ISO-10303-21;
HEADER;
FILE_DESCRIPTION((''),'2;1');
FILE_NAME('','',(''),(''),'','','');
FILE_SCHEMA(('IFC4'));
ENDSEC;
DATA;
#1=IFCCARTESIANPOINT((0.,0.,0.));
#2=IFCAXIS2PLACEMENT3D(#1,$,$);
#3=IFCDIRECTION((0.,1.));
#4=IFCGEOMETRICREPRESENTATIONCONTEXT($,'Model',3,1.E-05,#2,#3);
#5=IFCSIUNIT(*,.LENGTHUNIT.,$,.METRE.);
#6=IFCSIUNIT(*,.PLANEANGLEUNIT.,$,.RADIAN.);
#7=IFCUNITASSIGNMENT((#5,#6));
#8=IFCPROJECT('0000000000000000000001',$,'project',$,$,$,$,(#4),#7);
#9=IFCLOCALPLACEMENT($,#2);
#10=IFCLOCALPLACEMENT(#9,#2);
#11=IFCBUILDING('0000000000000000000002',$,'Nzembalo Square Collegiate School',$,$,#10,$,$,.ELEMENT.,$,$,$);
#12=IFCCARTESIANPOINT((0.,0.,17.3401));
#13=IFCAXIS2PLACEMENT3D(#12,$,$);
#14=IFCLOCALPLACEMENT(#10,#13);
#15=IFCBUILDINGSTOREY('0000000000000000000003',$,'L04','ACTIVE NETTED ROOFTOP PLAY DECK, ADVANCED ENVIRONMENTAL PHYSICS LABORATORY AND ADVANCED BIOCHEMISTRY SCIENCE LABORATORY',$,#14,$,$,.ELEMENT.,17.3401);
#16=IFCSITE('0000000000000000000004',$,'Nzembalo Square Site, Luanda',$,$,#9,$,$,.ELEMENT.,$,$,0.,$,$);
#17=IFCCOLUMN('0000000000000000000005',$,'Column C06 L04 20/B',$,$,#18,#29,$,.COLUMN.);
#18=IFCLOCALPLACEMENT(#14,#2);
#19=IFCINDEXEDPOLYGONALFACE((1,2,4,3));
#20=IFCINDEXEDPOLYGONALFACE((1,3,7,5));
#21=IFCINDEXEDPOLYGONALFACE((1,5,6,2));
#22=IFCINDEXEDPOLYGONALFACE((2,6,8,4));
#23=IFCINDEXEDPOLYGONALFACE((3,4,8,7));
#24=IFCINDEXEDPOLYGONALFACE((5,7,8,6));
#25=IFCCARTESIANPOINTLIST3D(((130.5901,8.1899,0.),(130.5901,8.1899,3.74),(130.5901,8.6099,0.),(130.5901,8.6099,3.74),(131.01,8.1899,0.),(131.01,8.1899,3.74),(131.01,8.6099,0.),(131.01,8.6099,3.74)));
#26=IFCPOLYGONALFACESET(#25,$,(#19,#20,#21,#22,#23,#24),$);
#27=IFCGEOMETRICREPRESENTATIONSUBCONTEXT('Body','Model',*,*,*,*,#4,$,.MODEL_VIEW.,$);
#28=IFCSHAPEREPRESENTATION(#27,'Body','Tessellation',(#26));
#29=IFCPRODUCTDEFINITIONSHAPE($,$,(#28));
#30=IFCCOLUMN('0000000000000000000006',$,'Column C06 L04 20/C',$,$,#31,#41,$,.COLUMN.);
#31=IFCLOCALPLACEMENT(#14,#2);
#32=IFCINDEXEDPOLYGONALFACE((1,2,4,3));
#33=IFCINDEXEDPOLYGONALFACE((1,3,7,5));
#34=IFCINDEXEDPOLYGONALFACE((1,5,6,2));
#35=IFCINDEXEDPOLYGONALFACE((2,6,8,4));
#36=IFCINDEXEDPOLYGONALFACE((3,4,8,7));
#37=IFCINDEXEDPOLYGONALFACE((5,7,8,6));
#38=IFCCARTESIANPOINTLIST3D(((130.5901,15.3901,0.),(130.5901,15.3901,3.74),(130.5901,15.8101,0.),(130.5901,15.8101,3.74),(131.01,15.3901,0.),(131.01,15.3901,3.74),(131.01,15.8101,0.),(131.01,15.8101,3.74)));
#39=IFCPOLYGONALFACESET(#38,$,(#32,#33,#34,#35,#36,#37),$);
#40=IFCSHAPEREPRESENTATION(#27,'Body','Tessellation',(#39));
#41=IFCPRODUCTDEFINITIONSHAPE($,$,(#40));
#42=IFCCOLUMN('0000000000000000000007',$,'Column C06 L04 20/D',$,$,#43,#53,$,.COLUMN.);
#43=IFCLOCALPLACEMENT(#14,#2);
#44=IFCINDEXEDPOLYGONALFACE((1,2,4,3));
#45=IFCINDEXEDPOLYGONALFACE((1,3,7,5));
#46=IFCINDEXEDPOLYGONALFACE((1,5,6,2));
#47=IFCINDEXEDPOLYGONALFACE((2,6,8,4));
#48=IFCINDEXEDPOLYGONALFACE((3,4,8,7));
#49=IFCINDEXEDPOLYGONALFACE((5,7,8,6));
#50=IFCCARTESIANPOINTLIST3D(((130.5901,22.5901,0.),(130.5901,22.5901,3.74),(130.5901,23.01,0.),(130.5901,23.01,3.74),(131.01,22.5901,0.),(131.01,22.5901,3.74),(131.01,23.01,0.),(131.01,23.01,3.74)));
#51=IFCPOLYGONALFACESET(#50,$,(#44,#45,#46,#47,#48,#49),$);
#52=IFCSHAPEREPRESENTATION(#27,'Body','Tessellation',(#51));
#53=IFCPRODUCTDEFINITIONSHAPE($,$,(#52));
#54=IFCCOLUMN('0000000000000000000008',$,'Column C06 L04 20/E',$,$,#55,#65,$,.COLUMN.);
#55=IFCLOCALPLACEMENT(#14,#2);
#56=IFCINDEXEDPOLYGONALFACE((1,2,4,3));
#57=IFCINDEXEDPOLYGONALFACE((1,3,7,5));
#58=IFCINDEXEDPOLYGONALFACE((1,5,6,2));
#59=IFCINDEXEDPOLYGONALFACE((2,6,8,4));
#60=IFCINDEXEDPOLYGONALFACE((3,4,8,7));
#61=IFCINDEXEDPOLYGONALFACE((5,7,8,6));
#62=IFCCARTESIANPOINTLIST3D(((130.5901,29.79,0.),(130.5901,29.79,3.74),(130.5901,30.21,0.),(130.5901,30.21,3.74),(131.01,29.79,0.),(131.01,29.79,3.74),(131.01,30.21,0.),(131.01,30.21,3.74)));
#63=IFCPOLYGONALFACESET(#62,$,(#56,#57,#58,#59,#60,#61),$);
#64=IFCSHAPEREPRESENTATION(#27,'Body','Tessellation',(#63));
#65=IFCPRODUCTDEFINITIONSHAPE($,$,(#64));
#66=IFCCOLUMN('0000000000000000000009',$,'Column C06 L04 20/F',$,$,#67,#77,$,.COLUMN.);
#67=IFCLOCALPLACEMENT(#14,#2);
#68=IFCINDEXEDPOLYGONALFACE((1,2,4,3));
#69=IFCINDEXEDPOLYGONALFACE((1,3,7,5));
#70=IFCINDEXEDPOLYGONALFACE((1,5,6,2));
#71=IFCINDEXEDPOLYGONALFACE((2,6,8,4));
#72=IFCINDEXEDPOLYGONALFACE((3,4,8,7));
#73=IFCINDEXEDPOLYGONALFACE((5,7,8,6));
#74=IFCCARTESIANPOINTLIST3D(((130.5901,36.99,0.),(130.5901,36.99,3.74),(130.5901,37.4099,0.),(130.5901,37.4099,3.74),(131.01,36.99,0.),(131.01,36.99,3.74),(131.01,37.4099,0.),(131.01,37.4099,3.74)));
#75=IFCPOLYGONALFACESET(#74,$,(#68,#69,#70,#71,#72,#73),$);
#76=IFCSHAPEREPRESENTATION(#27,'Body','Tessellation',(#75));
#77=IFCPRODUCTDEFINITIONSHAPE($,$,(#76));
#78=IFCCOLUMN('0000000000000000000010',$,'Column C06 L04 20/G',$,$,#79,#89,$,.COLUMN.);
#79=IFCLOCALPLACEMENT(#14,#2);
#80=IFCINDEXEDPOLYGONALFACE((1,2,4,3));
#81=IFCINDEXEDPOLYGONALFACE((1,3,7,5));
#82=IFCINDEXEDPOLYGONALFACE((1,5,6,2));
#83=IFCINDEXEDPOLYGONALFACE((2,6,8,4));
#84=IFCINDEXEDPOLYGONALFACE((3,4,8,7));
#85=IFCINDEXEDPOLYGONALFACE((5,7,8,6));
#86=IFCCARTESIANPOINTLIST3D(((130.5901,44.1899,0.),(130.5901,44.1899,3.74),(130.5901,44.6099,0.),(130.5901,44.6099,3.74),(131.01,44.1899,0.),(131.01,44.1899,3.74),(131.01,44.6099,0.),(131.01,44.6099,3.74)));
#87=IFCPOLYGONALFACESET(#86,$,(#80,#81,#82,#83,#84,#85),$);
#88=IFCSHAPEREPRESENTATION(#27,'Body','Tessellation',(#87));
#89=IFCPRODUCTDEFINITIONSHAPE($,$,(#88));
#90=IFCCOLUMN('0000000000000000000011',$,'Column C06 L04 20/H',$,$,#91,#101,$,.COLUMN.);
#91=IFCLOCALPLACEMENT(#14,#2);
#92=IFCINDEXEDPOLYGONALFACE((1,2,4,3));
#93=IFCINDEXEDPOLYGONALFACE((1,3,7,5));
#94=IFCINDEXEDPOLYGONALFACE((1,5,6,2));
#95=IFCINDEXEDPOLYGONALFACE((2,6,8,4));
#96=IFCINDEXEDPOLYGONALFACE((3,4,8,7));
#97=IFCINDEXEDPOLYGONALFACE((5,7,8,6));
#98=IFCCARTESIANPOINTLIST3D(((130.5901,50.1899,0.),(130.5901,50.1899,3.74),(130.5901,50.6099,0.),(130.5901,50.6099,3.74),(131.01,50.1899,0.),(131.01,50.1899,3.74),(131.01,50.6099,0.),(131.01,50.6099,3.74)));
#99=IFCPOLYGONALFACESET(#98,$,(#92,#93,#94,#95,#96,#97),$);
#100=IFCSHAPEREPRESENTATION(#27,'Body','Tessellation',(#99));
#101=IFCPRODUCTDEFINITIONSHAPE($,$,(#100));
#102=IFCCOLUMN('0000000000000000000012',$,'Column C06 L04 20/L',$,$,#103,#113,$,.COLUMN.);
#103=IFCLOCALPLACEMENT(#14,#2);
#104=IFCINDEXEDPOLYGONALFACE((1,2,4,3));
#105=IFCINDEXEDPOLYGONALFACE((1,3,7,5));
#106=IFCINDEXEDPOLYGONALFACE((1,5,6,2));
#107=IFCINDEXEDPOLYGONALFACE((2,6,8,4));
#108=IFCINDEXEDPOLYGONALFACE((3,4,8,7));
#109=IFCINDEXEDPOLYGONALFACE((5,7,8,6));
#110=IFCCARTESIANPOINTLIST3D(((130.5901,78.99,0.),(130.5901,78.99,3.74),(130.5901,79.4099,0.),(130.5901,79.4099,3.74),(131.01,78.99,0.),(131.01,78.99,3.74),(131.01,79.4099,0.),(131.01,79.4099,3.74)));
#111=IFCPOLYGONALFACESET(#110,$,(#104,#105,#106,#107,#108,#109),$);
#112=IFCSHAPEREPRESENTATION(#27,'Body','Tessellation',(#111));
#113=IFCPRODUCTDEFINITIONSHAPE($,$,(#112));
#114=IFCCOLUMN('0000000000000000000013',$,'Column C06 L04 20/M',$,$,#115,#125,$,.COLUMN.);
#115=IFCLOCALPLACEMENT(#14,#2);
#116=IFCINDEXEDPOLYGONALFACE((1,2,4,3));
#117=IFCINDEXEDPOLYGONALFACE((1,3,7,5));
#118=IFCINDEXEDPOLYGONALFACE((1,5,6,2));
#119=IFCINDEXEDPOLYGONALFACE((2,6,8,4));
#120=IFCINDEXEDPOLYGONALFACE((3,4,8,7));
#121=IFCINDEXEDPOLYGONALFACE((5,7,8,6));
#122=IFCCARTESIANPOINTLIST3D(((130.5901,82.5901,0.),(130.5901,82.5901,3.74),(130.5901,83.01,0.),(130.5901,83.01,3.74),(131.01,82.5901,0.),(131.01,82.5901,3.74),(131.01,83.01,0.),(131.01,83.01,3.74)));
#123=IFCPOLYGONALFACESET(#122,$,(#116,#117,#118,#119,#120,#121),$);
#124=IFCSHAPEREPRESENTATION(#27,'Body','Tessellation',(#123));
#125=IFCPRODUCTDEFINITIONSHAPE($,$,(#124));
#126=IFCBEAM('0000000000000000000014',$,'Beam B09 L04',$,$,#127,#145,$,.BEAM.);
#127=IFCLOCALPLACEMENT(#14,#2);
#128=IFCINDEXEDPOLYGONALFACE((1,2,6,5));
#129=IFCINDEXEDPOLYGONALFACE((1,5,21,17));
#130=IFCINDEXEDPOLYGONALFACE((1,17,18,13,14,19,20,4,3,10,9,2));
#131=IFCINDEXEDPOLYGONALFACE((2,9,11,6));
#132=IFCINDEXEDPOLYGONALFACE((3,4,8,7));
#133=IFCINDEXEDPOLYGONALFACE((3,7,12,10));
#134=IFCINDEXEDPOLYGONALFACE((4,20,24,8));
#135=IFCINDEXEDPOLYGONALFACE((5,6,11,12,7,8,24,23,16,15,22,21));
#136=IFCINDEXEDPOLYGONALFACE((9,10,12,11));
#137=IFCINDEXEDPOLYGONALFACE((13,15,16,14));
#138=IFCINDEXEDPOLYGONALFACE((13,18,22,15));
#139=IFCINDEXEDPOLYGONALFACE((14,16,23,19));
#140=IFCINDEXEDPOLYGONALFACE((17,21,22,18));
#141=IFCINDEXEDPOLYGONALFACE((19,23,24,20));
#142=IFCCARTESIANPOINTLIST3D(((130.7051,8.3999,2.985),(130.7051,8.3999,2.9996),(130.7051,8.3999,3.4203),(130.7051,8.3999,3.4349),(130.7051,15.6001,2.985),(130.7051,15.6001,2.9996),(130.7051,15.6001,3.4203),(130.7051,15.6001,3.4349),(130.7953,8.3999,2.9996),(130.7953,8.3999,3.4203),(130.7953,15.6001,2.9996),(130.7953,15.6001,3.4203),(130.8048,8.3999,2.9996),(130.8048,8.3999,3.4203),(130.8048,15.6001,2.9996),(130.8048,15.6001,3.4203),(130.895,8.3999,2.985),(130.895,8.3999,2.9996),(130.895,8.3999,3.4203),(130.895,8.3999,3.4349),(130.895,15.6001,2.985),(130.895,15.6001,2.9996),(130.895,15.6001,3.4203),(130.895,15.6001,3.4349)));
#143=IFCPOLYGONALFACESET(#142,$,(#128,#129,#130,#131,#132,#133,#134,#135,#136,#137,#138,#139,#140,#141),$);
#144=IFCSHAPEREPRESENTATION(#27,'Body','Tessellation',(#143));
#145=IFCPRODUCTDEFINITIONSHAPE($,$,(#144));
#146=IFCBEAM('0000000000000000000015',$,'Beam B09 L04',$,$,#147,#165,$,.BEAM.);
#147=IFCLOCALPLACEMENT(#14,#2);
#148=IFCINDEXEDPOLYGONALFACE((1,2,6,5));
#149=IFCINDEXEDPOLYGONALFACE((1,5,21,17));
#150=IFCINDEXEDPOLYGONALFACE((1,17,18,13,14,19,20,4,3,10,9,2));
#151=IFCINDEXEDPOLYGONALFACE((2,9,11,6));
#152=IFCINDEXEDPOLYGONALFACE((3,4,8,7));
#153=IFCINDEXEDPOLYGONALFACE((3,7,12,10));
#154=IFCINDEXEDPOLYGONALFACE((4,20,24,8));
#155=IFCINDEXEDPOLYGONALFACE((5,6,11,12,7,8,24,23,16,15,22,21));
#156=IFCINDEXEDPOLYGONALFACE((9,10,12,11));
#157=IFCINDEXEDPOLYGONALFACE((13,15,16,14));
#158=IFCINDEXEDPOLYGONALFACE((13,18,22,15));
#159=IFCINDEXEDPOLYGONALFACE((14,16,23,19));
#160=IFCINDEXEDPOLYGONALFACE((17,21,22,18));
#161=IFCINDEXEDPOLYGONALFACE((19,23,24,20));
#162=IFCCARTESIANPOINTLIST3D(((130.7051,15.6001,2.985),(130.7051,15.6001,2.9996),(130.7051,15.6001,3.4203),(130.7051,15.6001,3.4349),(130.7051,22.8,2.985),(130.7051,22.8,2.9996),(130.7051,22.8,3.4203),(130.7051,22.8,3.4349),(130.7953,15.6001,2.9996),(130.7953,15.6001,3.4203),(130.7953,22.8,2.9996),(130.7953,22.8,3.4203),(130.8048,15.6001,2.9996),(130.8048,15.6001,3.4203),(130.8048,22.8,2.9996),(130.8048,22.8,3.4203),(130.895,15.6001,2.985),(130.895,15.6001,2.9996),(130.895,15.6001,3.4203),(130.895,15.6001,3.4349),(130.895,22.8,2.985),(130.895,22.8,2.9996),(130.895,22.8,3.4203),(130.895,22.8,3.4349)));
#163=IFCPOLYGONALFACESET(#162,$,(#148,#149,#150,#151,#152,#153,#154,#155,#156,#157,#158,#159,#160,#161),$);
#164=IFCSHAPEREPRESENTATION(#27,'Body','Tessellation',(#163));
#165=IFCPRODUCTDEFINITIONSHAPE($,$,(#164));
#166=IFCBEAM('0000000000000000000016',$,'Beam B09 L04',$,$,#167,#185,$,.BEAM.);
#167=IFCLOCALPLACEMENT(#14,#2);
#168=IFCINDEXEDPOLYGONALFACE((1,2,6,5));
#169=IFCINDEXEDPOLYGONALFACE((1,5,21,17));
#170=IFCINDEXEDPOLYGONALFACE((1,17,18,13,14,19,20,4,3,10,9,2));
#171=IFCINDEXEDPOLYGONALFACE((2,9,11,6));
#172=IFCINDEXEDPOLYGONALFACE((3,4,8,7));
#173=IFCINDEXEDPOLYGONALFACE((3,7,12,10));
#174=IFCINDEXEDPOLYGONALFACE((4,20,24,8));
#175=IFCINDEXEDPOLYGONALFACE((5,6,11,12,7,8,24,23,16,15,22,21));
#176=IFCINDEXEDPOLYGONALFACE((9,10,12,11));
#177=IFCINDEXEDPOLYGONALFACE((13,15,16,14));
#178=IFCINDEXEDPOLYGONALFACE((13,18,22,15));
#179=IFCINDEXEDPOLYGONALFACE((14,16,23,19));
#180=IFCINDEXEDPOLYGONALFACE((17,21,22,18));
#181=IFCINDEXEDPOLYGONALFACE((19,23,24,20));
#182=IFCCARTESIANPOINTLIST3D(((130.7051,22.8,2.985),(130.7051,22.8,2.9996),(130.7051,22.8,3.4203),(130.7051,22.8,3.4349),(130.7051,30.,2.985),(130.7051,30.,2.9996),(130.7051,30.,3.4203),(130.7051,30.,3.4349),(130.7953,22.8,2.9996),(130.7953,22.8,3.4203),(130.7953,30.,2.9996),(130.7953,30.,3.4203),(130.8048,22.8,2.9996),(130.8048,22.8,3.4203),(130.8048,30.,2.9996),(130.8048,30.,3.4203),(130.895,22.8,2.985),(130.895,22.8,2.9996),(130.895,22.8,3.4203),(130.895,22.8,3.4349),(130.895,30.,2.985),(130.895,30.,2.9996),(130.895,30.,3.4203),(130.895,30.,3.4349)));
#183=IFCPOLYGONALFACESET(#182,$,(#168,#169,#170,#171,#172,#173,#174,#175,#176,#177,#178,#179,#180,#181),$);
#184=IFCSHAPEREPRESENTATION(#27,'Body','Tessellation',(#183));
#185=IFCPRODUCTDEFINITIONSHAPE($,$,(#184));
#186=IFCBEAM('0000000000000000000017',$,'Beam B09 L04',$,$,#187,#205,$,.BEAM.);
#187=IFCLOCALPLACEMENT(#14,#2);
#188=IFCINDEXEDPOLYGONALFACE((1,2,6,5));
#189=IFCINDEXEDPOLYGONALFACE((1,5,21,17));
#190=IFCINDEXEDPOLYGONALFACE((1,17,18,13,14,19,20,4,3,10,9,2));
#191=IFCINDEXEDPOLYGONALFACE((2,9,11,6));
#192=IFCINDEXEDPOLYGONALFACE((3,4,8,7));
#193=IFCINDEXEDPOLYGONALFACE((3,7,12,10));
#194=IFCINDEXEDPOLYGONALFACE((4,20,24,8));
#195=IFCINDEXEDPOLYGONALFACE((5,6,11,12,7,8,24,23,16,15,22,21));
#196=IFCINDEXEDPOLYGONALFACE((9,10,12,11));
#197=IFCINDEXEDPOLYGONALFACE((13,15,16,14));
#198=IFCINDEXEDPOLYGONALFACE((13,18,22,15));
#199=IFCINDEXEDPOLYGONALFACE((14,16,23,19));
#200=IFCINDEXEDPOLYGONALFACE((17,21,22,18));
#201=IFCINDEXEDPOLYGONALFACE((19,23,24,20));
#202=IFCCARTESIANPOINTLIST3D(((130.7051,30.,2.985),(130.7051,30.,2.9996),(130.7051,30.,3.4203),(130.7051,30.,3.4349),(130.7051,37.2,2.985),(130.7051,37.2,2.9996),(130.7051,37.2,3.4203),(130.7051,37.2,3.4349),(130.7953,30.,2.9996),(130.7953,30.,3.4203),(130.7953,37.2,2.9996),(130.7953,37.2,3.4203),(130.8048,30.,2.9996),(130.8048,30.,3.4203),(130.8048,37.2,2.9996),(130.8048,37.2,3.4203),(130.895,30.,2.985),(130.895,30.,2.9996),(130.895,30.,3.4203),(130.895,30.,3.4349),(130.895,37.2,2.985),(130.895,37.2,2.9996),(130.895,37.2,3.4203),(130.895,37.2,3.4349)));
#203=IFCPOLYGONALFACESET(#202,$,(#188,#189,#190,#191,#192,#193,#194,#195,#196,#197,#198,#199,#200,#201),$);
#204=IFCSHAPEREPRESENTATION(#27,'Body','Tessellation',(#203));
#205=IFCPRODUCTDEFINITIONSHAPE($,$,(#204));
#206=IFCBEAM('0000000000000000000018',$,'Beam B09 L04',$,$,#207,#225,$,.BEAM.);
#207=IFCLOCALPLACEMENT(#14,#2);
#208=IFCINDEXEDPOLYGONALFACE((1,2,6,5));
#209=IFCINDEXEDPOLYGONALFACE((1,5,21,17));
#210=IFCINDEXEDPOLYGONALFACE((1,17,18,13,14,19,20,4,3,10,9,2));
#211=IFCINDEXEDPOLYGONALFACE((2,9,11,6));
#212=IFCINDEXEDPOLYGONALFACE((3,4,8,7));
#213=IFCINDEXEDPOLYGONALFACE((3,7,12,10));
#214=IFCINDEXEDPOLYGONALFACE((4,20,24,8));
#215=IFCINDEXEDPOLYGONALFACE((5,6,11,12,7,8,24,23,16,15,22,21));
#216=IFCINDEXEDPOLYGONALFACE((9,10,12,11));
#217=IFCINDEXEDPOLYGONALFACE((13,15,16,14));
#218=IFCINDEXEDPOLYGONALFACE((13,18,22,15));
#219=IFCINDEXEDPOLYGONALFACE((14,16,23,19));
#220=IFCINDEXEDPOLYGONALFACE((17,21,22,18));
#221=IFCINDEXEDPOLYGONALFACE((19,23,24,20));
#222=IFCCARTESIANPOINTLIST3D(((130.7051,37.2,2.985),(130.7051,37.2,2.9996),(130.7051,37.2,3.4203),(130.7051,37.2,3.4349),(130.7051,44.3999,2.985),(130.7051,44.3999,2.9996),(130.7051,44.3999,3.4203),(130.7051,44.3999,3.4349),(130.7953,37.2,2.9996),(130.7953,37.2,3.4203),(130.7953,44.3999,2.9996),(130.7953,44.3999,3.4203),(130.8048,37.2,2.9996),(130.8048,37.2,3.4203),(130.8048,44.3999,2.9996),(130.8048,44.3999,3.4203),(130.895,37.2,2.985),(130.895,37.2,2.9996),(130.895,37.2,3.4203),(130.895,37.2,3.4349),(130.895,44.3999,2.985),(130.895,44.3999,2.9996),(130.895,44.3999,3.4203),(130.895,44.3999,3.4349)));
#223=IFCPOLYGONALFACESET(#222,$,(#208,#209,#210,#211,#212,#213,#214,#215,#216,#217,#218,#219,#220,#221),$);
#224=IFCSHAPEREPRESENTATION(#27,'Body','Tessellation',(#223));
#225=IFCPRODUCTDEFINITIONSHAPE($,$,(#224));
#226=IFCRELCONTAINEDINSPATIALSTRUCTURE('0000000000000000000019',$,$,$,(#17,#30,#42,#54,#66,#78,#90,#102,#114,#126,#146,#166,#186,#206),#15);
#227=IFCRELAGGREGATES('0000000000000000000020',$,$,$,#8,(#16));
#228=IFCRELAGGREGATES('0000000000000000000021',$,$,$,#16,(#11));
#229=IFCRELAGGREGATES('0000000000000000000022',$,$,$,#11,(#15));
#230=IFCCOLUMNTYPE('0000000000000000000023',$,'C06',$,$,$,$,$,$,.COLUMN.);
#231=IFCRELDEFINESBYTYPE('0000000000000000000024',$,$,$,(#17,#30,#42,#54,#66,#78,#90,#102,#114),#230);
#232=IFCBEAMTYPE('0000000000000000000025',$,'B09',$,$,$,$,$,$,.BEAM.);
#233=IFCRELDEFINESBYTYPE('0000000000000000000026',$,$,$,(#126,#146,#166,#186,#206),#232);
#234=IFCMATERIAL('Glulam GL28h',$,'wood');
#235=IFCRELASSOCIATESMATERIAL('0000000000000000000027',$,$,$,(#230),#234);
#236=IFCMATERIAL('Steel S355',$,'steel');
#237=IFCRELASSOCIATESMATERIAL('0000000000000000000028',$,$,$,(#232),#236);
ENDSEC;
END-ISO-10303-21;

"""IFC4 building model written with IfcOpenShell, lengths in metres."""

from ifc_helpers import new_model, si_unit, direction, frame, origin, origin_2d, place, context, subcontext, project, spatial, rectangle, i_section, extrude, material, material_profile, profile_set, type_object, element, save


model = new_model("IFC4")

# Units and contexts
model_context = context("Model", 3, precision=1e-05, world=origin(), true_north=direction((0.0, 1.0)))
body_context = subcontext(model_context, "Body", "Model", "MODEL_VIEW")
ifc_project = project(units=[si_unit("LENGTHUNIT", "METRE"), si_unit("PLANEANGLEUNIT", "RADIAN")], contexts=[model_context])

# Site, building, storey
site_placement = place(None, origin())
site = spatial("IfcSite", under=ifc_project, at=site_placement, Name="Nzembalo Square Site, Luanda", CompositionType="ELEMENT", RefElevation=0.0)
building_placement = place(site_placement, origin())
building = spatial("IfcBuilding", under=site, at=building_placement, Name="Nzembalo Square Collegiate School", CompositionType="ELEMENT")
storey_placement = place(building_placement, frame((0.0, 0.0, 17.3401)))
storey = spatial("IfcBuildingStorey", under=building, at=storey_placement, Name="L04", Description="ACTIVE NETTED ROOFTOP PLAY DECK, ADVANCED ENVIRONMENTAL PHYSICS LABORATORY AND ADVANCED BIOCHEMISTRY SCIENCE LABORATORY", CompositionType="ELEMENT", Elevation=17.3401)

# Columns
ifc_material_1 = material(Name="Glulam GL28h", Category="wood")
ifc_material_profile_1 = material_profile(ifc_material_1, rectangle(XDim=0.4199, YDim=0.4199, at=origin_2d()), Name="GL28h 420x420")
ifc_profile_set_1 = profile_set([ifc_material_profile_1], Name="Glulam GL28h")
column_type = type_object("IfcColumnType", Name="C06", PredefinedType="COLUMN", material=ifc_profile_set_1)
for number, where, z_axis, x_axis, name in (
    (1, (130.8, 8.3999, 0.0), (0.0, 0.0, 1.0), (1.0, 0.0, 0.0), "Column C06 L04 20/B"),
    (2, (130.8, 15.6001, 0.0), (0.0, 0.0, 1.0), (1.0, 0.0, 0.0), "Column C06 L04 20/C"),
    (3, (130.8, 22.8, 0.0), (0.0, 0.0, 1.0), (1.0, 0.0, 0.0), "Column C06 L04 20/D"),
    (4, (130.8, 30.0, 0.0), (0.0, 0.0, 1.0), (1.0, 0.0, 0.0), "Column C06 L04 20/E"),
    (5, (130.8, 37.2, 0.0), (0.0, 0.0, 1.0), (1.0, 0.0, 0.0), "Column C06 L04 20/F"),
    (6, (130.8, 44.3999, 0.0), (0.0, 0.0, 1.0), (1.0, 0.0, 0.0), "Column C06 L04 20/G"),
    (7, (130.8, 50.3999, 0.0), (0.0, 0.0, 1.0), (1.0, 0.0, 0.0), "Column C06 L04 20/H"),
    (8, (130.8, 79.2, 0.0), (0.0, 0.0, 1.0), (1.0, 0.0, 0.0), "Column C06 L04 20/L"),
    (9, (130.8, 82.8, 0.0), (0.0, 0.0, 1.0), (1.0, 0.0, 0.0), "Column C06 L04 20/M"),
):
    element("IfcColumn", number, at=place(storey_placement, frame(where, z_axis=z_axis, x_axis=x_axis)), inside=storey, type_object=column_type, Name=name, PredefinedType="COLUMN", context=body_context, shape_type="SweptSolid", body=[
        extrude(rectangle(XDim=0.4199, YDim=0.4199, at=origin_2d()), origin(), (0.0, 0.0, 1.0), 3.74),
    ])

# Beams
ifc_material_2 = material(Name="Steel S355", Category="steel")
ifc_material_profile_2 = material_profile(ifc_material_2, i_section(OverallWidth=0.1899, OverallDepth=0.45, WebThickness=0.0095, FlangeThickness=0.0146, at=origin_2d()), Name="IPE 450")
ifc_profile_set_2 = profile_set([ifc_material_profile_2], Name="Steel S355")
beam_type_1 = type_object("IfcBeamType", Name="B09", PredefinedType="BEAM", material=ifc_profile_set_2)
beam_1_placement = place(storey_placement, frame((130.8, 8.3999, 3.21), z_axis=(0.0, 1.0, 0.0), x_axis=(-1.0, 0.0, 0.0)))
element("IfcBeam", 10, at=beam_1_placement, inside=storey, type_object=beam_type_1, Name="Beam B09 L04", PredefinedType="BEAM", context=body_context, shape_type="SweptSolid", body=[
    extrude(i_section(OverallWidth=0.1899, OverallDepth=0.45, WebThickness=0.0095, FlangeThickness=0.0146, at=origin_2d()), origin(), (0.0, 0.0, 1.0), 7.2002),
])
for number, where, z_axis, x_axis, name in (
    (11, (130.8, 15.6001, 3.21), (0.0, 1.0, 0.0), (-1.0, 0.0, 0.0), "Beam B09 L04"),
    (12, (130.8, 22.8, 3.21), (0.0, 1.0, 0.0), (-1.0, 0.0, 0.0), "Beam B09 L04"),
    (13, (130.8, 30.0, 3.21), (0.0, 1.0, 0.0), (-1.0, 0.0, 0.0), "Beam B09 L04"),
    (14, (130.8, 37.2, 3.21), (0.0, 1.0, 0.0), (-1.0, 0.0, 0.0), "Beam B09 L04"),
):
    element("IfcBeam", number, at=place(storey_placement, frame(where, z_axis=z_axis, x_axis=x_axis)), inside=storey, type_object=beam_type_1, Name=name, PredefinedType="BEAM", context=body_context, shape_type="SweptSolid", body=[
        extrude(i_section(OverallWidth=0.1899, OverallDepth=0.45, WebThickness=0.0095, FlangeThickness=0.0146, at=origin_2d()), origin(), (0.0, 0.0, 1.0), 7.2),
    ])

save(model, "model.ifc")
